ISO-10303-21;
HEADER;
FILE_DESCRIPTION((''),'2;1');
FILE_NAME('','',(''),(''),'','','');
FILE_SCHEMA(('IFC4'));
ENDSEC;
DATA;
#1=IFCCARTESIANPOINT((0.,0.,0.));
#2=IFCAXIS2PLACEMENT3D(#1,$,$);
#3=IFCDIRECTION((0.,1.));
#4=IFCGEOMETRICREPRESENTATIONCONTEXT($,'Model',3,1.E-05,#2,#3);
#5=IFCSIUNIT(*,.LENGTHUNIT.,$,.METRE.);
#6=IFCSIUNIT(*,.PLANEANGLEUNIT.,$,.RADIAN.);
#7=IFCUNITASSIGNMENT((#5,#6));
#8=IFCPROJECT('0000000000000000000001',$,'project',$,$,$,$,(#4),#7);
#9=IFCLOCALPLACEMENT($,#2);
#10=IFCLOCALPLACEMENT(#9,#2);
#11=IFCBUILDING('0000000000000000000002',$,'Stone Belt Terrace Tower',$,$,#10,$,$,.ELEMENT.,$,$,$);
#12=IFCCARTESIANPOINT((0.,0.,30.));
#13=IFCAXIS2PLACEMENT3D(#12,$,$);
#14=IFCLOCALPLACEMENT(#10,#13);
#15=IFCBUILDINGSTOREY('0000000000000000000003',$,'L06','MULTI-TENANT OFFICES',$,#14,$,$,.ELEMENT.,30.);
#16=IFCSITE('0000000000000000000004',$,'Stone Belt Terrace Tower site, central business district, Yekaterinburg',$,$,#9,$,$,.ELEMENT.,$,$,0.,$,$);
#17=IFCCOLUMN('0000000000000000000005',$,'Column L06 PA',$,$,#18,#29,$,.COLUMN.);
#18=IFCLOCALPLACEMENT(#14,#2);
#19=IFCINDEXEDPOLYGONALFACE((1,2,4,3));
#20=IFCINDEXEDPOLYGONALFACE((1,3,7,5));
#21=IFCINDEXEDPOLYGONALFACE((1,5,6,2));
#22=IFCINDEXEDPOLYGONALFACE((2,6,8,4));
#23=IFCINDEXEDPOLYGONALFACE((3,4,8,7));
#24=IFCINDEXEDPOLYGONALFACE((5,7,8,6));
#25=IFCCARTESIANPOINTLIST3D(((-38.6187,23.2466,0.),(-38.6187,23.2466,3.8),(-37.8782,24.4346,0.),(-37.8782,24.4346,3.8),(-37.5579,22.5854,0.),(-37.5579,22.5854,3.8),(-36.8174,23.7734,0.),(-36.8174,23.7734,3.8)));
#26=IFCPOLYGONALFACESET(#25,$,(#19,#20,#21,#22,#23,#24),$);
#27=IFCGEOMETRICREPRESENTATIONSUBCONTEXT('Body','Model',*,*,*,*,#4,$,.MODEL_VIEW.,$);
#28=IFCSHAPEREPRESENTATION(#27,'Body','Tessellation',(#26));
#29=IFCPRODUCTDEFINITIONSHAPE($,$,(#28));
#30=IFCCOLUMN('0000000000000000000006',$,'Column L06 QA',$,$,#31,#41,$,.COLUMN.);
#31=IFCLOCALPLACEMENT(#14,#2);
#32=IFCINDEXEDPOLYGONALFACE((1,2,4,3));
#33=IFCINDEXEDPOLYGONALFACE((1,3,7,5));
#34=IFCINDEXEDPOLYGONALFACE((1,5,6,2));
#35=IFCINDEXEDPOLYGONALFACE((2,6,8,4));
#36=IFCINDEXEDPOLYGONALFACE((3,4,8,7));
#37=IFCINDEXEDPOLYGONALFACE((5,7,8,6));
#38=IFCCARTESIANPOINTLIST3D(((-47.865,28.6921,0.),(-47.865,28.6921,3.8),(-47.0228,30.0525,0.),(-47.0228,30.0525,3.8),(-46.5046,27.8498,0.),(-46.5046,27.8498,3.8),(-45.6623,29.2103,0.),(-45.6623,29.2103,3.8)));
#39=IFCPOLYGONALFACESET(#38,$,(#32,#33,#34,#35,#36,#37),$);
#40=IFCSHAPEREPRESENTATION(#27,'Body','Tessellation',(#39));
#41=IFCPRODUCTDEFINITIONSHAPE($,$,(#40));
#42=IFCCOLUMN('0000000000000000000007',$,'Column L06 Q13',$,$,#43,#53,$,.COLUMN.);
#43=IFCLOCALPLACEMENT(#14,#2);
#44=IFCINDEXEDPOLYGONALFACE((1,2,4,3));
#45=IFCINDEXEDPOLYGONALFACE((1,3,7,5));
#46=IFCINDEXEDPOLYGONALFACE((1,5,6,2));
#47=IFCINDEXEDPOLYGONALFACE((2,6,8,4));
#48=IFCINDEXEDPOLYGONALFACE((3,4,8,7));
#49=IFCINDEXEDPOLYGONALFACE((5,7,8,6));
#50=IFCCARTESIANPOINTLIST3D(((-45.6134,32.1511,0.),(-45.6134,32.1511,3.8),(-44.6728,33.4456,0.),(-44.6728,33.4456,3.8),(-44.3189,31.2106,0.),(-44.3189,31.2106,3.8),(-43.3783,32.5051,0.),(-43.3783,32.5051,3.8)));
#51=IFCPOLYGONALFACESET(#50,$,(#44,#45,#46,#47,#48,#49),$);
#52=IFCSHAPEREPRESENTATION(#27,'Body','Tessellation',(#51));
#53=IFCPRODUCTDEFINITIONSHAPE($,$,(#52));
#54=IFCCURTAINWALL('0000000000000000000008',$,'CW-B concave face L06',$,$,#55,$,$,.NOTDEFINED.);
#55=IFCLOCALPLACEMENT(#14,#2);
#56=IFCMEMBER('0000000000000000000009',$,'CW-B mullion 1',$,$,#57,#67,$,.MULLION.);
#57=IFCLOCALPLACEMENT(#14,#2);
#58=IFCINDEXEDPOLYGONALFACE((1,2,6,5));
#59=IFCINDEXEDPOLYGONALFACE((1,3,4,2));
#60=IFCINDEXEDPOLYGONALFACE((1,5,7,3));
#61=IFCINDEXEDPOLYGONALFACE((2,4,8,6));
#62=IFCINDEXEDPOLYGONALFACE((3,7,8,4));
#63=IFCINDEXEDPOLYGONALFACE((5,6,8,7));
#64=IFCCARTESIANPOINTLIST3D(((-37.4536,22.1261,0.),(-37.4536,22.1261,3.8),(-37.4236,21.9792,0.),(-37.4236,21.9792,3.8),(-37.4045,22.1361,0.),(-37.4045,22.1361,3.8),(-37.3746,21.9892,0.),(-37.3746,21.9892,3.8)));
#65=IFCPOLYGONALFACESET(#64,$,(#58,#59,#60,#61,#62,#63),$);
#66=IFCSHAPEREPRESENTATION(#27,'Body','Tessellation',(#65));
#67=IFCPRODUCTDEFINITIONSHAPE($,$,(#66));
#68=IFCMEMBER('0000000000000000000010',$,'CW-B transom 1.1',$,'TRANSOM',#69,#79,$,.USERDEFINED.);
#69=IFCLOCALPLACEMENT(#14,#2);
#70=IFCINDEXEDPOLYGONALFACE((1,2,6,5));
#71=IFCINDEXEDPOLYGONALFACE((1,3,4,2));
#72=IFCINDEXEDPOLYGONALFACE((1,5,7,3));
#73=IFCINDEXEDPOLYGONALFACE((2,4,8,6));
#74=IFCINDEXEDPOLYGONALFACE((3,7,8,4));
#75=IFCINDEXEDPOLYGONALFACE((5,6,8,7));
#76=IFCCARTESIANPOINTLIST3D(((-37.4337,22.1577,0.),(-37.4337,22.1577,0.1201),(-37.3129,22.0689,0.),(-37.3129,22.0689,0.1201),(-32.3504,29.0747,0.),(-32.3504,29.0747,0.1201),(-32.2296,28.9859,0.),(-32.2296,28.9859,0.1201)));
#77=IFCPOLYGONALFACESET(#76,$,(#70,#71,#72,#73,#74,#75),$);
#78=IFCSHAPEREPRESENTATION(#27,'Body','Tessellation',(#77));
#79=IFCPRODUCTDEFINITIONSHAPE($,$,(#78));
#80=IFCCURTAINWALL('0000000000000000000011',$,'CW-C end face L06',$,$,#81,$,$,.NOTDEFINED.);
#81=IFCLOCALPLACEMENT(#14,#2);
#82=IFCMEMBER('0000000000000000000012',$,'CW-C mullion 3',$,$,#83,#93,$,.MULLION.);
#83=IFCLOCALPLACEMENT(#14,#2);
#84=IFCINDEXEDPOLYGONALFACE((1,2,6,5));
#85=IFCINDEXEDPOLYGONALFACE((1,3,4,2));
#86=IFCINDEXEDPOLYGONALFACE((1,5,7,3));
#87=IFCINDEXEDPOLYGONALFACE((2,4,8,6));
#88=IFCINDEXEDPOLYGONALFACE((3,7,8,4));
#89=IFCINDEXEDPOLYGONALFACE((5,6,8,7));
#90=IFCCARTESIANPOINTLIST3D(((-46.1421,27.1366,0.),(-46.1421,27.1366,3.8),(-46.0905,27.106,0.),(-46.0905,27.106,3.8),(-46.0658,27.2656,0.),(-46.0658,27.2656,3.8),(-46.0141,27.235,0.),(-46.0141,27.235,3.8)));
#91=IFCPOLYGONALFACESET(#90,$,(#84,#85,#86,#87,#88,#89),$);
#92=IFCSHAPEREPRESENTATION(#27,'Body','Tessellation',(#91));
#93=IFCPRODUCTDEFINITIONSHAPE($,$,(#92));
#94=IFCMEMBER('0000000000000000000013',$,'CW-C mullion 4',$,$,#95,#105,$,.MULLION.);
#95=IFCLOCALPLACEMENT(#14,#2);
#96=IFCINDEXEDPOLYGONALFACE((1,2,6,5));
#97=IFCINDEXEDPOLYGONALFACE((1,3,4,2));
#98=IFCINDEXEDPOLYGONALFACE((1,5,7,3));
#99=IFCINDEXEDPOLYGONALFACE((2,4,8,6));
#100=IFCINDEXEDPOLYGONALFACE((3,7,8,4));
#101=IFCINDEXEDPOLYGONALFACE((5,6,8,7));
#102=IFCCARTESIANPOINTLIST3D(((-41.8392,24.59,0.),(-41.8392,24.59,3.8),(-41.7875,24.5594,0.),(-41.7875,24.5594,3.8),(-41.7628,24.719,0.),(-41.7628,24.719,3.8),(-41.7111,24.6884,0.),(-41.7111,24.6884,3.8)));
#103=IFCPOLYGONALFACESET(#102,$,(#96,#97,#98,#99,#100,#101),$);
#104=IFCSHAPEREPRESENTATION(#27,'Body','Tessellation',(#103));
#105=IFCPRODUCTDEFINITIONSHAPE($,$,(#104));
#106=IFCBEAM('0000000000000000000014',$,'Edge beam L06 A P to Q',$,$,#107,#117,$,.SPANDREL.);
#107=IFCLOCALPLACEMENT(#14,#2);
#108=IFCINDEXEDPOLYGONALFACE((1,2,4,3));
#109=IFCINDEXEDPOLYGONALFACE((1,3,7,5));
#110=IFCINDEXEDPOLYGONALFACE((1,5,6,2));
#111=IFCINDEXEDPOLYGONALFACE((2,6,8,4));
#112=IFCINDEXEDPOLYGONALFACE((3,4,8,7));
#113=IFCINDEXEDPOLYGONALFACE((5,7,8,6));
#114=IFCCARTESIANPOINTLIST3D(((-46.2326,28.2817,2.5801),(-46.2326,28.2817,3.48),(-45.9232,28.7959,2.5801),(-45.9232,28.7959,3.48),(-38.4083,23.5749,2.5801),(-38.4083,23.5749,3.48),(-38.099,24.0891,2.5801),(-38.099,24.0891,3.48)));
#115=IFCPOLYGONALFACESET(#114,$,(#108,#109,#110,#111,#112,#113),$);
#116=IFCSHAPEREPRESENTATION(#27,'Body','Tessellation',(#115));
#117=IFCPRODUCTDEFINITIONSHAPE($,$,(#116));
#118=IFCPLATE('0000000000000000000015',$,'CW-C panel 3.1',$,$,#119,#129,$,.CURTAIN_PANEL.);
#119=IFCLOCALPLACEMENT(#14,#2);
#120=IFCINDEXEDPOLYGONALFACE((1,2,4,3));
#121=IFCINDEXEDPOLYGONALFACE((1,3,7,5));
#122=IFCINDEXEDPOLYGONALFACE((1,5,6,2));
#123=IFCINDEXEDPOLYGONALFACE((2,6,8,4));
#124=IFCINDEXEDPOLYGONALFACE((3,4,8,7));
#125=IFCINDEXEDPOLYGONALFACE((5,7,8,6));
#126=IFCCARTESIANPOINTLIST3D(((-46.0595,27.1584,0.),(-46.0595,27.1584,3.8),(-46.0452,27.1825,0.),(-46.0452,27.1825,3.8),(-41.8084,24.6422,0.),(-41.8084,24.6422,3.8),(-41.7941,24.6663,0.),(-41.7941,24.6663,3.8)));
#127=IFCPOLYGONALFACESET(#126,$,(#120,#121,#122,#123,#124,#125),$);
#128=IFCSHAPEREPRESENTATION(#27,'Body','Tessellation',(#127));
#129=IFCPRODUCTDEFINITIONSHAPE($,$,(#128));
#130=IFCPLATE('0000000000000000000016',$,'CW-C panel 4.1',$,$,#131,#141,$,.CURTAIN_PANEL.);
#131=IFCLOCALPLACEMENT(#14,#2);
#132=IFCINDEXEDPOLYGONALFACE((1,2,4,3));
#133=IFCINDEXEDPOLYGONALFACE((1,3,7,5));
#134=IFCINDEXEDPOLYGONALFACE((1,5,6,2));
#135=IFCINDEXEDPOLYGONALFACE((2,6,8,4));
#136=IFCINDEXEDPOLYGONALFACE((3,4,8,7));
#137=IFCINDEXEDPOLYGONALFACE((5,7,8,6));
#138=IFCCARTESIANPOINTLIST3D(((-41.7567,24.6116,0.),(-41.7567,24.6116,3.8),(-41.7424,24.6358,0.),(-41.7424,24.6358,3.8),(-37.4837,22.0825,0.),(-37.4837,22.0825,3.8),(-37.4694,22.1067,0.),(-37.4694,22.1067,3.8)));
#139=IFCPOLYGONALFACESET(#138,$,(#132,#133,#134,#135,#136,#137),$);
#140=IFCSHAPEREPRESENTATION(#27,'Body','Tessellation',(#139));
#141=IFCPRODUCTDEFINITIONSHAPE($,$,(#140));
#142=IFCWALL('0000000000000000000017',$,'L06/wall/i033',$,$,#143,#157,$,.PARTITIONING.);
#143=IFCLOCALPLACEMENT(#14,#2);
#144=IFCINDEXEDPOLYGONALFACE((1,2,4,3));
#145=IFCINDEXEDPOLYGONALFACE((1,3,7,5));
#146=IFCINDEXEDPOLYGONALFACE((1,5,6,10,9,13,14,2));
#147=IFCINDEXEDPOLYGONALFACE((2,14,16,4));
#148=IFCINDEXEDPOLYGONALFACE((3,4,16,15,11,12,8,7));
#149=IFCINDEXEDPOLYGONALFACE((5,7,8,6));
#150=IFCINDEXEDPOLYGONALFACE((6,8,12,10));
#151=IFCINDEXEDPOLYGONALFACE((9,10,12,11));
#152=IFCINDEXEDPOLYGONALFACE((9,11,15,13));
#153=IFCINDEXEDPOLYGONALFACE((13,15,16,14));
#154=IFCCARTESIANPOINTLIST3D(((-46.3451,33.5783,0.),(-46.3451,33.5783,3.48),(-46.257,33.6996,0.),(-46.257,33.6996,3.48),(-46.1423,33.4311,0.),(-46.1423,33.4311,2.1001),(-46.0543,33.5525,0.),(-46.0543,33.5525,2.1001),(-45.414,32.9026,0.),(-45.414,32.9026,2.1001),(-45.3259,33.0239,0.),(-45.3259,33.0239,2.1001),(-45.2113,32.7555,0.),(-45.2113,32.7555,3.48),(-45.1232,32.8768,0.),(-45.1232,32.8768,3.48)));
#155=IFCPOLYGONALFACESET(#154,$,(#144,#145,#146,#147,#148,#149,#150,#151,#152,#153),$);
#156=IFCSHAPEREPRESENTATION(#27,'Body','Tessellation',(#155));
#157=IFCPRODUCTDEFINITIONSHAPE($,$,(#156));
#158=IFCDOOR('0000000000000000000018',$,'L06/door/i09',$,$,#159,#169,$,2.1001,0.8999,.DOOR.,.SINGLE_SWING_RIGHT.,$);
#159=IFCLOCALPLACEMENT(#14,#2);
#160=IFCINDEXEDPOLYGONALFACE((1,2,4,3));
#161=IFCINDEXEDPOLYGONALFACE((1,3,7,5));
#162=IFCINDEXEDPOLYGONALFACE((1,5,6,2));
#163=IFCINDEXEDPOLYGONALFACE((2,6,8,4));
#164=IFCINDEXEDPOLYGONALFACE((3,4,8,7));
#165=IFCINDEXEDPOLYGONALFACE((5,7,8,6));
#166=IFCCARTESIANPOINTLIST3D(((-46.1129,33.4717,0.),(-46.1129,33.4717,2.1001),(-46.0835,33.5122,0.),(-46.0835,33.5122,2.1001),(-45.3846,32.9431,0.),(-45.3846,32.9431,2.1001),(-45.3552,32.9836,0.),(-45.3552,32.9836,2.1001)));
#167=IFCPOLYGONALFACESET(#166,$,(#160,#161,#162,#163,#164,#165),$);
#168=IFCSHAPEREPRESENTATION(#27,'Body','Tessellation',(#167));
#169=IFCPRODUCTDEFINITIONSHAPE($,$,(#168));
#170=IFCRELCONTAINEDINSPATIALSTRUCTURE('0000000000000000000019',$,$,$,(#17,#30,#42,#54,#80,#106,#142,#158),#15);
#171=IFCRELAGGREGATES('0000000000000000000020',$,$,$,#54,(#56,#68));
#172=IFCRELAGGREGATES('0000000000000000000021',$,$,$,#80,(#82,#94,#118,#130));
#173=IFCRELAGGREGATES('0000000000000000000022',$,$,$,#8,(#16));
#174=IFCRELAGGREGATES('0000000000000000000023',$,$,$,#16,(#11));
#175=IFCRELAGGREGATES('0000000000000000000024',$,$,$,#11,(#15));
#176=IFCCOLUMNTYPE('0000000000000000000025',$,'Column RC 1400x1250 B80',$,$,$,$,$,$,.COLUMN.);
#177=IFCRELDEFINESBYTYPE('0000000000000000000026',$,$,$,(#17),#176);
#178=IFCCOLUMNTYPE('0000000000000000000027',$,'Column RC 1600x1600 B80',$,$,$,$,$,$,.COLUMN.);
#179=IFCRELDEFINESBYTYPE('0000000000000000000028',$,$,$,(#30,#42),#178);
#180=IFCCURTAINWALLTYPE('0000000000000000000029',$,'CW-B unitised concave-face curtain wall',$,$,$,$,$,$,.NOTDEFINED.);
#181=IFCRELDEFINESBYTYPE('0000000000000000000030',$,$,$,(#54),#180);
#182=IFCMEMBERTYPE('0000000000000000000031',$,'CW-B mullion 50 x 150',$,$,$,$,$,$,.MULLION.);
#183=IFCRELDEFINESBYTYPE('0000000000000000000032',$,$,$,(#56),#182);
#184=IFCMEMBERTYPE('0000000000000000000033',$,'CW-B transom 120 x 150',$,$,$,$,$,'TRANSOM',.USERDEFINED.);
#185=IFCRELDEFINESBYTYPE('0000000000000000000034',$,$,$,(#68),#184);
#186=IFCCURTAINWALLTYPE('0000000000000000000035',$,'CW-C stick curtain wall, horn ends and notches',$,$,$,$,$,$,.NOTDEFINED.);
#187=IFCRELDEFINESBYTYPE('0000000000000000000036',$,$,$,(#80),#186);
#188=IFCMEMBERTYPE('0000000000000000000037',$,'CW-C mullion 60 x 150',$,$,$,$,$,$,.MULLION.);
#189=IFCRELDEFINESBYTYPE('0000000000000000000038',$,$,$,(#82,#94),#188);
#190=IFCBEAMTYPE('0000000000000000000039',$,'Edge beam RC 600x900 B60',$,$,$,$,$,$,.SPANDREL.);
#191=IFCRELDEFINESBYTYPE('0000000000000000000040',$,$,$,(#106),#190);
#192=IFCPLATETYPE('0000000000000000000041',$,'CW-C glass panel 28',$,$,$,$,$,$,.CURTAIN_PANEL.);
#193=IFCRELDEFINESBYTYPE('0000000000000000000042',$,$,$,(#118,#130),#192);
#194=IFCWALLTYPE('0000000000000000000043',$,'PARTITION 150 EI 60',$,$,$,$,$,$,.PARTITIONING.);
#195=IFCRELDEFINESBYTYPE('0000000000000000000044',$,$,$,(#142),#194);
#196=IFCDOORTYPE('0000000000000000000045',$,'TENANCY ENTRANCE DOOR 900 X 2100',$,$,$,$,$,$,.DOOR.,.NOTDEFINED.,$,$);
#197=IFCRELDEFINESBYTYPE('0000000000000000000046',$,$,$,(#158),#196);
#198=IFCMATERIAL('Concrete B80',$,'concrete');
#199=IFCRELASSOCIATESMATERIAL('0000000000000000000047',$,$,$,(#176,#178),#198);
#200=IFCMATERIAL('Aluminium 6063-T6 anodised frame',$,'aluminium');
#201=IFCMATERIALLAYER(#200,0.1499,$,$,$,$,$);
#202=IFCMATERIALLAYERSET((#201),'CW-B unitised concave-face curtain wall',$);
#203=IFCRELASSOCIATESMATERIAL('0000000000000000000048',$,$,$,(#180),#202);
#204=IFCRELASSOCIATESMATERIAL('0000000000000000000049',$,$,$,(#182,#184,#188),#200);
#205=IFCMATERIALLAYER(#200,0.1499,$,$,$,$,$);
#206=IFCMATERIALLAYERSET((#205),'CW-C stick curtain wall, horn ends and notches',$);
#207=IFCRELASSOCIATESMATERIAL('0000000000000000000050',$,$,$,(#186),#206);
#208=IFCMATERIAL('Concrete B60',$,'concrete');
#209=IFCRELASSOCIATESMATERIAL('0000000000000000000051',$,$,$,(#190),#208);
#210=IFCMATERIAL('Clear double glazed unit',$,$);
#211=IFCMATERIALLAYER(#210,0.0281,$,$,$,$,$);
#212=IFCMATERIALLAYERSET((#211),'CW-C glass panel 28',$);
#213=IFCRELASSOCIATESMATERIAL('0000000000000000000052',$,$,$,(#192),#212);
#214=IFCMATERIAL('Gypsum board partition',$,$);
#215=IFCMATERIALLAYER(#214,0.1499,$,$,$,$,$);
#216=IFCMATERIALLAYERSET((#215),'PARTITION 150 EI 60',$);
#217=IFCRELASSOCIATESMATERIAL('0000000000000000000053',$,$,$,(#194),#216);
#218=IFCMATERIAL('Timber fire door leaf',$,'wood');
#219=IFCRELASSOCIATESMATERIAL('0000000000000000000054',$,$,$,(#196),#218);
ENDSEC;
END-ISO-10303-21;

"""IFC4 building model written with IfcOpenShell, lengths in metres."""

from ifc_helpers import new_model, si_unit, direction, frame, frame_2d, origin, origin_2d, place, context, subcontext, project, spatial, rectangle, extrude, material, layer, layer_set, material_profile, profile_set, type_object, element, fill, aggregate, save


model = new_model("IFC4")

# Units and contexts
model_context = context("Model", 3, precision=1e-05, world=origin(), true_north=direction((0.0, 1.0)))
body_context = subcontext(model_context, "Body", "Model", "MODEL_VIEW")
ifc_project = project(units=[si_unit("LENGTHUNIT", "METRE"), si_unit("PLANEANGLEUNIT", "RADIAN")], contexts=[model_context])

# Site, building, storey
site_placement = place(None, origin())
site = spatial("IfcSite", under=ifc_project, at=site_placement, Name="Stone Belt Terrace Tower site, central business district, Yekaterinburg", CompositionType="ELEMENT", RefElevation=0.0)
building_placement = place(site_placement, origin())
building = spatial("IfcBuilding", under=site, at=building_placement, Name="Stone Belt Terrace Tower", CompositionType="ELEMENT")
storey_placement = place(building_placement, frame((0.0, 0.0, 30.0)))
storey = spatial("IfcBuildingStorey", under=building, at=storey_placement, Name="L06", Description="MULTI-TENANT OFFICES", CompositionType="ELEMENT", Elevation=30.0)

# Columns
ifc_material_1 = material(Name="Concrete B80", Category="concrete")
ifc_material_profile_1 = material_profile(ifc_material_1, rectangle(XDim=1.3999, YDim=1.25, at=origin_2d()), Name="RC 1400x1250")
ifc_profile_set_1 = profile_set([ifc_material_profile_1], Name="Concrete B80")
column_type_1 = type_object("IfcColumnType", Name="Column RC 1400x1250 B80", PredefinedType="COLUMN", material=ifc_profile_set_1)
column_placement = place(storey_placement, frame((-37.718, 23.51, 0.0), z_axis=(0.0, 0.0, 1.0), x_axis=(0.528967, 0.848642, 0.0)))
element("IfcColumn", 1, at=column_placement, inside=storey, type_object=column_type_1, Name="Column L06 PA", PredefinedType="COLUMN", context=body_context, shape_type="SweptSolid", body=[
    extrude(rectangle(XDim=1.3999, YDim=1.25, at=origin_2d()), origin(), (0.0, 0.0, 1.0), 3.8),
])
ifc_material_profile_2 = material_profile(ifc_material_1, rectangle(XDim=1.6001, YDim=1.6001, at=origin_2d()), Name="RC 1600x1600")
ifc_profile_set_2 = profile_set([ifc_material_profile_2], Name="Concrete B80")
column_type_2 = type_object("IfcColumnType", Name="Column RC 1600x1600 B80", PredefinedType="COLUMN", material=ifc_profile_set_2)
for number, where, z_axis, x_axis, name in (
    (2, (-46.7637, 28.9512, 0.0), (0.0, 0.0, 1.0), (0.526383, 0.850248, 0.0), "Column L06 QA"),
    (3, (-44.4958, 32.3281, 0.0), (0.0, 0.0, 1.0), (0.587785, 0.809017, 0.0), "Column L06 Q13"),
):
    element("IfcColumn", number, at=place(storey_placement, frame(where, z_axis=z_axis, x_axis=x_axis)), inside=storey, type_object=column_type_2, Name=name, PredefinedType="COLUMN", context=body_context, shape_type="SweptSolid", body=[
        extrude(rectangle(XDim=1.6001, YDim=1.6001, at=origin_2d()), origin(), (0.0, 0.0, 1.0), 3.8),
    ])

# Curtain walls, members
ifc_material_2 = material(Name="Aluminium 6063-T6 anodised frame", Category="aluminium")
ifc_layer_1 = layer(ifc_material_2, 0.1499)
ifc_layer_set_1 = layer_set([ifc_layer_1], Name="CW-B unitised concave-face curtain wall")
curtain_wall_type_1 = type_object("IfcCurtainWallType", Name="CW-B unitised concave-face curtain wall", PredefinedType="NOTDEFINED", material=ifc_layer_set_1)
curtain_wall_1_placement = place(storey_placement, origin())
curtain_wall_1 = element("IfcCurtainWall", 4, at=curtain_wall_1_placement, inside=storey, type_object=curtain_wall_type_1, Name="CW-B concave face L06", PredefinedType="NOTDEFINED")
ifc_material_profile_3 = material_profile(ifc_material_2, rectangle(XDim=0.1499, YDim=0.05, at=origin_2d()), Name="Aluminium 6063-T6 50x150")
ifc_profile_set_3 = profile_set([ifc_material_profile_3], Name="Aluminium 6063-T6 anodised frame")
member_type_1 = type_object("IfcMemberType", Name="CW-B mullion 50 x 150", PredefinedType="MULLION", material=ifc_profile_set_3)
member_1_placement = place(storey_placement, frame((-37.4141, 22.0576, 0.0), z_axis=(0.0, 0.0, 1.0), x_axis=(-0.199957, 0.979805, 0.0)))
member_1 = element("IfcMember", 5, at=member_1_placement, type_object=member_type_1, Name="CW-B mullion 1", PredefinedType="MULLION", context=body_context, shape_type="SweptSolid", body=[
    extrude(rectangle(XDim=0.1499, YDim=0.05, at=origin_2d()), origin(), (0.0, 0.0, 1.0), 3.8),
])
ifc_material_profile_4 = material_profile(ifc_material_2, rectangle(XDim=0.1499, YDim=0.1201, at=origin_2d()), Name="Aluminium 6063-T6 150x120")
ifc_profile_set_4 = profile_set([ifc_material_profile_4], Name="Aluminium 6063-T6 anodised frame")
member_type_2 = type_object("IfcMemberType", Name="CW-B transom 120 x 150", ElementType="TRANSOM", PredefinedType="USERDEFINED", material=ifc_profile_set_4)
member_2_placement = place(storey_placement, frame((-37.3733, 22.1133, 0.0601), z_axis=(0.592181, 0.805805, 0.0), x_axis=(-0.805805, 0.592181, 0.0)))
member_2 = element("IfcMember", 6, at=member_2_placement, type_object=member_type_2, Name="CW-B transom 1.1", ObjectType="TRANSOM", PredefinedType="USERDEFINED", context=body_context, shape_type="SweptSolid", body=[
    extrude(rectangle(XDim=0.1499, YDim=0.1201, at=origin_2d()), origin(), (0.0, 0.0, 1.0), 8.584),
])
aggregate(curtain_wall_1, [member_1, member_2])
ifc_layer_2 = layer(ifc_material_2, 0.1499)
ifc_layer_set_2 = layer_set([ifc_layer_2], Name="CW-C stick curtain wall, horn ends and notches")
curtain_wall_type_2 = type_object("IfcCurtainWallType", Name="CW-C stick curtain wall, horn ends and notches", PredefinedType="NOTDEFINED", material=ifc_layer_set_2)
curtain_wall_2_placement = place(storey_placement, origin())
curtain_wall_2 = element("IfcCurtainWall", 7, at=curtain_wall_2_placement, inside=storey, type_object=curtain_wall_type_2, Name="CW-C end face L06", PredefinedType="NOTDEFINED")
ifc_material_profile_5 = material_profile(ifc_material_2, rectangle(XDim=0.1499, YDim=0.0601, at=origin_2d()), Name="Aluminium 6063-T6 60x150")
ifc_profile_set_5 = profile_set([ifc_material_profile_5], Name="Aluminium 6063-T6 anodised frame")
member_type_3 = type_object("IfcMemberType", Name="CW-C mullion 60 x 150", PredefinedType="MULLION", material=ifc_profile_set_5)
member_3_placement = place(storey_placement, frame((-46.0781, 27.1858, 0.0), z_axis=(0.0, 0.0, 1.0), x_axis=(0.509353, 0.860558, 0.0)))
member_3 = element("IfcMember", 8, at=member_3_placement, type_object=member_type_3, Name="CW-C mullion 3", PredefinedType="MULLION", context=body_context, shape_type="SweptSolid", body=[
    extrude(rectangle(XDim=0.1499, YDim=0.0601, at=origin_2d()), origin(), (0.0, 0.0, 1.0), 3.8),
])
member_4_placement = place(storey_placement, frame((-41.7751, 24.6392, 0.0), z_axis=(0.0, 0.0, 1.0), x_axis=(0.509353, 0.860558, 0.0)))
member_4 = element("IfcMember", 9, at=member_4_placement, type_object=member_type_3, Name="CW-C mullion 4", PredefinedType="MULLION", context=body_context, shape_type="SweptSolid", body=[
    extrude(rectangle(XDim=0.1499, YDim=0.0601, at=origin_2d()), origin(), (0.0, 0.0, 1.0), 3.8),
])

# Beam
ifc_material_3 = material(Name="Concrete B60", Category="concrete")
ifc_material_profile_6 = material_profile(ifc_material_3, rectangle(XDim=0.6001, YDim=0.8999, at=origin_2d()), Name="RC 600x900")
ifc_profile_set_6 = profile_set([ifc_material_profile_6], Name="Concrete B60")
beam_type = type_object("IfcBeamType", Name="Edge beam RC 600x900 B60", PredefinedType="SPANDREL", material=ifc_profile_set_6)
beam_placement = place(storey_placement, frame((-38.2537, 23.832, 3.03), z_axis=(-0.8569, 0.515482, 0.0), x_axis=(-0.515482, -0.8569, 0.0)))
element("IfcBeam", 10, at=beam_placement, inside=storey, type_object=beam_type, Name="Edge beam L06 A P to Q", PredefinedType="SPANDREL", context=body_context, shape_type="SweptSolid", body=[
    extrude(rectangle(XDim=0.6001, YDim=0.8999, at=origin_2d()), origin(), (0.0, 0.0, 1.0), 9.1309),
])

# Plates
ifc_material_4 = material(Name="Clear double glazed unit")
ifc_layer_3 = layer(ifc_material_4, 0.0281)
ifc_layer_set_3 = layer_set([ifc_layer_3], Name="CW-C glass panel 28")
plate_type = type_object("IfcPlateType", Name="CW-C glass panel 28", PredefinedType="CURTAIN_PANEL", material=ifc_layer_set_3)
plate_1_placement = place(storey_placement, frame((-43.9268, 25.9124, 0.0), z_axis=(0.0, 0.0, 1.0), x_axis=(0.860558, -0.509353, 0.0)))
plate_1 = element("IfcPlate", 11, at=plate_1_placement, type_object=plate_type, Name="CW-C panel 3.1", PredefinedType="CURTAIN_PANEL", context=body_context, shape_type="SweptSolid", body=[
    extrude(rectangle(XDim=4.9399, YDim=0.0281, at=origin_2d()), origin(), (0.0, 0.0, 1.0), 3.8),
])
plate_2_placement = place(storey_placement, frame((-39.613, 23.3591, 0.0), z_axis=(0.0, 0.0, 1.0), x_axis=(0.860558, -0.509353, 0.0)))
plate_2 = element("IfcPlate", 12, at=plate_2_placement, type_object=plate_type, Name="CW-C panel 4.1", PredefinedType="CURTAIN_PANEL", context=body_context, shape_type="SweptSolid", body=[
    extrude(rectangle(XDim=4.9653, YDim=0.0281, at=origin_2d()), origin(), (0.0, 0.0, 1.0), 3.8),
])
aggregate(curtain_wall_2, [member_3, member_4, plate_1, plate_2])

# Wall, opening, door
ifc_material_5 = material(Name="Gypsum board partition")
ifc_layer_4 = layer(ifc_material_5, 0.1499)
ifc_layer_set_4 = layer_set([ifc_layer_4], Name="PARTITION 150 EI 60")
wall_type_1 = type_object("IfcWallType", Name="PARTITION 150 EI 60", PredefinedType="PARTITIONING", material=ifc_layer_set_4)
wall_1_placement = place(storey_placement, frame((-45.1672, 32.8162, 0.0), z_axis=(0.0, 0.0, 1.0), x_axis=(-0.809354, 0.587322, 0.0)))
wall_1 = element("IfcWall", 13, at=wall_1_placement, inside=storey, type_object=wall_type_1, Name="L06/wall/i033", PredefinedType="PARTITIONING", context=body_context, shape_type="SweptSolid", body=[
    extrude(rectangle(XDim=1.4009, YDim=0.1499, at=frame_2d((0.7004, 0.0))), origin(), (0.0, 0.0, 1.0), 3.48),
])
opening_1_placement = place(wall_1_placement, frame((0.2505, 0.0, 0.0)))
opening_1 = element("IfcOpeningElement", 14, at=opening_1_placement, cuts=wall_1, PredefinedType="OPENING", context=body_context, shape_type="SweptSolid", body=[
    extrude(rectangle(XDim=0.8999, YDim=2.1001, at=frame_2d((0.45, 1.05))), frame((0.0, 0.085, 0.0), z_axis=(0.0, -1.0, 0.0), x_axis=(1.0, 0.0, 0.0)), (0.0, 0.0, 1.0), 0.1699),
])
ifc_material_6 = material(Name="Timber fire door leaf", Category="wood")
door_type_1 = type_object("IfcDoorType", Name="TENANCY ENTRANCE DOOR 900 X 2100", OperationType="NOTDEFINED", PredefinedType="DOOR", material=ifc_material_6)
door_1_placement = place(opening_1_placement, origin())
door_1 = element("IfcDoor", 15, at=door_1_placement, inside=storey, type_object=door_type_1, Name="L06/door/i09", OperationType="SINGLE_SWING_RIGHT", OverallHeight=2.1001, OverallWidth=0.8999, PredefinedType="DOOR", context=body_context, shape_type="SweptSolid", body=[
    extrude(rectangle(XDim=0.8999, YDim=2.1001, at=frame_2d((0.45, 1.05))), frame((0.0, 0.0249, 0.0), z_axis=(0.0, -1.0, 0.0), x_axis=(1.0, 0.0, 0.0)), (0.0, 0.0, 1.0), 0.05),
])
fill(opening_1, door_1)

save(model, "model.ifc")
